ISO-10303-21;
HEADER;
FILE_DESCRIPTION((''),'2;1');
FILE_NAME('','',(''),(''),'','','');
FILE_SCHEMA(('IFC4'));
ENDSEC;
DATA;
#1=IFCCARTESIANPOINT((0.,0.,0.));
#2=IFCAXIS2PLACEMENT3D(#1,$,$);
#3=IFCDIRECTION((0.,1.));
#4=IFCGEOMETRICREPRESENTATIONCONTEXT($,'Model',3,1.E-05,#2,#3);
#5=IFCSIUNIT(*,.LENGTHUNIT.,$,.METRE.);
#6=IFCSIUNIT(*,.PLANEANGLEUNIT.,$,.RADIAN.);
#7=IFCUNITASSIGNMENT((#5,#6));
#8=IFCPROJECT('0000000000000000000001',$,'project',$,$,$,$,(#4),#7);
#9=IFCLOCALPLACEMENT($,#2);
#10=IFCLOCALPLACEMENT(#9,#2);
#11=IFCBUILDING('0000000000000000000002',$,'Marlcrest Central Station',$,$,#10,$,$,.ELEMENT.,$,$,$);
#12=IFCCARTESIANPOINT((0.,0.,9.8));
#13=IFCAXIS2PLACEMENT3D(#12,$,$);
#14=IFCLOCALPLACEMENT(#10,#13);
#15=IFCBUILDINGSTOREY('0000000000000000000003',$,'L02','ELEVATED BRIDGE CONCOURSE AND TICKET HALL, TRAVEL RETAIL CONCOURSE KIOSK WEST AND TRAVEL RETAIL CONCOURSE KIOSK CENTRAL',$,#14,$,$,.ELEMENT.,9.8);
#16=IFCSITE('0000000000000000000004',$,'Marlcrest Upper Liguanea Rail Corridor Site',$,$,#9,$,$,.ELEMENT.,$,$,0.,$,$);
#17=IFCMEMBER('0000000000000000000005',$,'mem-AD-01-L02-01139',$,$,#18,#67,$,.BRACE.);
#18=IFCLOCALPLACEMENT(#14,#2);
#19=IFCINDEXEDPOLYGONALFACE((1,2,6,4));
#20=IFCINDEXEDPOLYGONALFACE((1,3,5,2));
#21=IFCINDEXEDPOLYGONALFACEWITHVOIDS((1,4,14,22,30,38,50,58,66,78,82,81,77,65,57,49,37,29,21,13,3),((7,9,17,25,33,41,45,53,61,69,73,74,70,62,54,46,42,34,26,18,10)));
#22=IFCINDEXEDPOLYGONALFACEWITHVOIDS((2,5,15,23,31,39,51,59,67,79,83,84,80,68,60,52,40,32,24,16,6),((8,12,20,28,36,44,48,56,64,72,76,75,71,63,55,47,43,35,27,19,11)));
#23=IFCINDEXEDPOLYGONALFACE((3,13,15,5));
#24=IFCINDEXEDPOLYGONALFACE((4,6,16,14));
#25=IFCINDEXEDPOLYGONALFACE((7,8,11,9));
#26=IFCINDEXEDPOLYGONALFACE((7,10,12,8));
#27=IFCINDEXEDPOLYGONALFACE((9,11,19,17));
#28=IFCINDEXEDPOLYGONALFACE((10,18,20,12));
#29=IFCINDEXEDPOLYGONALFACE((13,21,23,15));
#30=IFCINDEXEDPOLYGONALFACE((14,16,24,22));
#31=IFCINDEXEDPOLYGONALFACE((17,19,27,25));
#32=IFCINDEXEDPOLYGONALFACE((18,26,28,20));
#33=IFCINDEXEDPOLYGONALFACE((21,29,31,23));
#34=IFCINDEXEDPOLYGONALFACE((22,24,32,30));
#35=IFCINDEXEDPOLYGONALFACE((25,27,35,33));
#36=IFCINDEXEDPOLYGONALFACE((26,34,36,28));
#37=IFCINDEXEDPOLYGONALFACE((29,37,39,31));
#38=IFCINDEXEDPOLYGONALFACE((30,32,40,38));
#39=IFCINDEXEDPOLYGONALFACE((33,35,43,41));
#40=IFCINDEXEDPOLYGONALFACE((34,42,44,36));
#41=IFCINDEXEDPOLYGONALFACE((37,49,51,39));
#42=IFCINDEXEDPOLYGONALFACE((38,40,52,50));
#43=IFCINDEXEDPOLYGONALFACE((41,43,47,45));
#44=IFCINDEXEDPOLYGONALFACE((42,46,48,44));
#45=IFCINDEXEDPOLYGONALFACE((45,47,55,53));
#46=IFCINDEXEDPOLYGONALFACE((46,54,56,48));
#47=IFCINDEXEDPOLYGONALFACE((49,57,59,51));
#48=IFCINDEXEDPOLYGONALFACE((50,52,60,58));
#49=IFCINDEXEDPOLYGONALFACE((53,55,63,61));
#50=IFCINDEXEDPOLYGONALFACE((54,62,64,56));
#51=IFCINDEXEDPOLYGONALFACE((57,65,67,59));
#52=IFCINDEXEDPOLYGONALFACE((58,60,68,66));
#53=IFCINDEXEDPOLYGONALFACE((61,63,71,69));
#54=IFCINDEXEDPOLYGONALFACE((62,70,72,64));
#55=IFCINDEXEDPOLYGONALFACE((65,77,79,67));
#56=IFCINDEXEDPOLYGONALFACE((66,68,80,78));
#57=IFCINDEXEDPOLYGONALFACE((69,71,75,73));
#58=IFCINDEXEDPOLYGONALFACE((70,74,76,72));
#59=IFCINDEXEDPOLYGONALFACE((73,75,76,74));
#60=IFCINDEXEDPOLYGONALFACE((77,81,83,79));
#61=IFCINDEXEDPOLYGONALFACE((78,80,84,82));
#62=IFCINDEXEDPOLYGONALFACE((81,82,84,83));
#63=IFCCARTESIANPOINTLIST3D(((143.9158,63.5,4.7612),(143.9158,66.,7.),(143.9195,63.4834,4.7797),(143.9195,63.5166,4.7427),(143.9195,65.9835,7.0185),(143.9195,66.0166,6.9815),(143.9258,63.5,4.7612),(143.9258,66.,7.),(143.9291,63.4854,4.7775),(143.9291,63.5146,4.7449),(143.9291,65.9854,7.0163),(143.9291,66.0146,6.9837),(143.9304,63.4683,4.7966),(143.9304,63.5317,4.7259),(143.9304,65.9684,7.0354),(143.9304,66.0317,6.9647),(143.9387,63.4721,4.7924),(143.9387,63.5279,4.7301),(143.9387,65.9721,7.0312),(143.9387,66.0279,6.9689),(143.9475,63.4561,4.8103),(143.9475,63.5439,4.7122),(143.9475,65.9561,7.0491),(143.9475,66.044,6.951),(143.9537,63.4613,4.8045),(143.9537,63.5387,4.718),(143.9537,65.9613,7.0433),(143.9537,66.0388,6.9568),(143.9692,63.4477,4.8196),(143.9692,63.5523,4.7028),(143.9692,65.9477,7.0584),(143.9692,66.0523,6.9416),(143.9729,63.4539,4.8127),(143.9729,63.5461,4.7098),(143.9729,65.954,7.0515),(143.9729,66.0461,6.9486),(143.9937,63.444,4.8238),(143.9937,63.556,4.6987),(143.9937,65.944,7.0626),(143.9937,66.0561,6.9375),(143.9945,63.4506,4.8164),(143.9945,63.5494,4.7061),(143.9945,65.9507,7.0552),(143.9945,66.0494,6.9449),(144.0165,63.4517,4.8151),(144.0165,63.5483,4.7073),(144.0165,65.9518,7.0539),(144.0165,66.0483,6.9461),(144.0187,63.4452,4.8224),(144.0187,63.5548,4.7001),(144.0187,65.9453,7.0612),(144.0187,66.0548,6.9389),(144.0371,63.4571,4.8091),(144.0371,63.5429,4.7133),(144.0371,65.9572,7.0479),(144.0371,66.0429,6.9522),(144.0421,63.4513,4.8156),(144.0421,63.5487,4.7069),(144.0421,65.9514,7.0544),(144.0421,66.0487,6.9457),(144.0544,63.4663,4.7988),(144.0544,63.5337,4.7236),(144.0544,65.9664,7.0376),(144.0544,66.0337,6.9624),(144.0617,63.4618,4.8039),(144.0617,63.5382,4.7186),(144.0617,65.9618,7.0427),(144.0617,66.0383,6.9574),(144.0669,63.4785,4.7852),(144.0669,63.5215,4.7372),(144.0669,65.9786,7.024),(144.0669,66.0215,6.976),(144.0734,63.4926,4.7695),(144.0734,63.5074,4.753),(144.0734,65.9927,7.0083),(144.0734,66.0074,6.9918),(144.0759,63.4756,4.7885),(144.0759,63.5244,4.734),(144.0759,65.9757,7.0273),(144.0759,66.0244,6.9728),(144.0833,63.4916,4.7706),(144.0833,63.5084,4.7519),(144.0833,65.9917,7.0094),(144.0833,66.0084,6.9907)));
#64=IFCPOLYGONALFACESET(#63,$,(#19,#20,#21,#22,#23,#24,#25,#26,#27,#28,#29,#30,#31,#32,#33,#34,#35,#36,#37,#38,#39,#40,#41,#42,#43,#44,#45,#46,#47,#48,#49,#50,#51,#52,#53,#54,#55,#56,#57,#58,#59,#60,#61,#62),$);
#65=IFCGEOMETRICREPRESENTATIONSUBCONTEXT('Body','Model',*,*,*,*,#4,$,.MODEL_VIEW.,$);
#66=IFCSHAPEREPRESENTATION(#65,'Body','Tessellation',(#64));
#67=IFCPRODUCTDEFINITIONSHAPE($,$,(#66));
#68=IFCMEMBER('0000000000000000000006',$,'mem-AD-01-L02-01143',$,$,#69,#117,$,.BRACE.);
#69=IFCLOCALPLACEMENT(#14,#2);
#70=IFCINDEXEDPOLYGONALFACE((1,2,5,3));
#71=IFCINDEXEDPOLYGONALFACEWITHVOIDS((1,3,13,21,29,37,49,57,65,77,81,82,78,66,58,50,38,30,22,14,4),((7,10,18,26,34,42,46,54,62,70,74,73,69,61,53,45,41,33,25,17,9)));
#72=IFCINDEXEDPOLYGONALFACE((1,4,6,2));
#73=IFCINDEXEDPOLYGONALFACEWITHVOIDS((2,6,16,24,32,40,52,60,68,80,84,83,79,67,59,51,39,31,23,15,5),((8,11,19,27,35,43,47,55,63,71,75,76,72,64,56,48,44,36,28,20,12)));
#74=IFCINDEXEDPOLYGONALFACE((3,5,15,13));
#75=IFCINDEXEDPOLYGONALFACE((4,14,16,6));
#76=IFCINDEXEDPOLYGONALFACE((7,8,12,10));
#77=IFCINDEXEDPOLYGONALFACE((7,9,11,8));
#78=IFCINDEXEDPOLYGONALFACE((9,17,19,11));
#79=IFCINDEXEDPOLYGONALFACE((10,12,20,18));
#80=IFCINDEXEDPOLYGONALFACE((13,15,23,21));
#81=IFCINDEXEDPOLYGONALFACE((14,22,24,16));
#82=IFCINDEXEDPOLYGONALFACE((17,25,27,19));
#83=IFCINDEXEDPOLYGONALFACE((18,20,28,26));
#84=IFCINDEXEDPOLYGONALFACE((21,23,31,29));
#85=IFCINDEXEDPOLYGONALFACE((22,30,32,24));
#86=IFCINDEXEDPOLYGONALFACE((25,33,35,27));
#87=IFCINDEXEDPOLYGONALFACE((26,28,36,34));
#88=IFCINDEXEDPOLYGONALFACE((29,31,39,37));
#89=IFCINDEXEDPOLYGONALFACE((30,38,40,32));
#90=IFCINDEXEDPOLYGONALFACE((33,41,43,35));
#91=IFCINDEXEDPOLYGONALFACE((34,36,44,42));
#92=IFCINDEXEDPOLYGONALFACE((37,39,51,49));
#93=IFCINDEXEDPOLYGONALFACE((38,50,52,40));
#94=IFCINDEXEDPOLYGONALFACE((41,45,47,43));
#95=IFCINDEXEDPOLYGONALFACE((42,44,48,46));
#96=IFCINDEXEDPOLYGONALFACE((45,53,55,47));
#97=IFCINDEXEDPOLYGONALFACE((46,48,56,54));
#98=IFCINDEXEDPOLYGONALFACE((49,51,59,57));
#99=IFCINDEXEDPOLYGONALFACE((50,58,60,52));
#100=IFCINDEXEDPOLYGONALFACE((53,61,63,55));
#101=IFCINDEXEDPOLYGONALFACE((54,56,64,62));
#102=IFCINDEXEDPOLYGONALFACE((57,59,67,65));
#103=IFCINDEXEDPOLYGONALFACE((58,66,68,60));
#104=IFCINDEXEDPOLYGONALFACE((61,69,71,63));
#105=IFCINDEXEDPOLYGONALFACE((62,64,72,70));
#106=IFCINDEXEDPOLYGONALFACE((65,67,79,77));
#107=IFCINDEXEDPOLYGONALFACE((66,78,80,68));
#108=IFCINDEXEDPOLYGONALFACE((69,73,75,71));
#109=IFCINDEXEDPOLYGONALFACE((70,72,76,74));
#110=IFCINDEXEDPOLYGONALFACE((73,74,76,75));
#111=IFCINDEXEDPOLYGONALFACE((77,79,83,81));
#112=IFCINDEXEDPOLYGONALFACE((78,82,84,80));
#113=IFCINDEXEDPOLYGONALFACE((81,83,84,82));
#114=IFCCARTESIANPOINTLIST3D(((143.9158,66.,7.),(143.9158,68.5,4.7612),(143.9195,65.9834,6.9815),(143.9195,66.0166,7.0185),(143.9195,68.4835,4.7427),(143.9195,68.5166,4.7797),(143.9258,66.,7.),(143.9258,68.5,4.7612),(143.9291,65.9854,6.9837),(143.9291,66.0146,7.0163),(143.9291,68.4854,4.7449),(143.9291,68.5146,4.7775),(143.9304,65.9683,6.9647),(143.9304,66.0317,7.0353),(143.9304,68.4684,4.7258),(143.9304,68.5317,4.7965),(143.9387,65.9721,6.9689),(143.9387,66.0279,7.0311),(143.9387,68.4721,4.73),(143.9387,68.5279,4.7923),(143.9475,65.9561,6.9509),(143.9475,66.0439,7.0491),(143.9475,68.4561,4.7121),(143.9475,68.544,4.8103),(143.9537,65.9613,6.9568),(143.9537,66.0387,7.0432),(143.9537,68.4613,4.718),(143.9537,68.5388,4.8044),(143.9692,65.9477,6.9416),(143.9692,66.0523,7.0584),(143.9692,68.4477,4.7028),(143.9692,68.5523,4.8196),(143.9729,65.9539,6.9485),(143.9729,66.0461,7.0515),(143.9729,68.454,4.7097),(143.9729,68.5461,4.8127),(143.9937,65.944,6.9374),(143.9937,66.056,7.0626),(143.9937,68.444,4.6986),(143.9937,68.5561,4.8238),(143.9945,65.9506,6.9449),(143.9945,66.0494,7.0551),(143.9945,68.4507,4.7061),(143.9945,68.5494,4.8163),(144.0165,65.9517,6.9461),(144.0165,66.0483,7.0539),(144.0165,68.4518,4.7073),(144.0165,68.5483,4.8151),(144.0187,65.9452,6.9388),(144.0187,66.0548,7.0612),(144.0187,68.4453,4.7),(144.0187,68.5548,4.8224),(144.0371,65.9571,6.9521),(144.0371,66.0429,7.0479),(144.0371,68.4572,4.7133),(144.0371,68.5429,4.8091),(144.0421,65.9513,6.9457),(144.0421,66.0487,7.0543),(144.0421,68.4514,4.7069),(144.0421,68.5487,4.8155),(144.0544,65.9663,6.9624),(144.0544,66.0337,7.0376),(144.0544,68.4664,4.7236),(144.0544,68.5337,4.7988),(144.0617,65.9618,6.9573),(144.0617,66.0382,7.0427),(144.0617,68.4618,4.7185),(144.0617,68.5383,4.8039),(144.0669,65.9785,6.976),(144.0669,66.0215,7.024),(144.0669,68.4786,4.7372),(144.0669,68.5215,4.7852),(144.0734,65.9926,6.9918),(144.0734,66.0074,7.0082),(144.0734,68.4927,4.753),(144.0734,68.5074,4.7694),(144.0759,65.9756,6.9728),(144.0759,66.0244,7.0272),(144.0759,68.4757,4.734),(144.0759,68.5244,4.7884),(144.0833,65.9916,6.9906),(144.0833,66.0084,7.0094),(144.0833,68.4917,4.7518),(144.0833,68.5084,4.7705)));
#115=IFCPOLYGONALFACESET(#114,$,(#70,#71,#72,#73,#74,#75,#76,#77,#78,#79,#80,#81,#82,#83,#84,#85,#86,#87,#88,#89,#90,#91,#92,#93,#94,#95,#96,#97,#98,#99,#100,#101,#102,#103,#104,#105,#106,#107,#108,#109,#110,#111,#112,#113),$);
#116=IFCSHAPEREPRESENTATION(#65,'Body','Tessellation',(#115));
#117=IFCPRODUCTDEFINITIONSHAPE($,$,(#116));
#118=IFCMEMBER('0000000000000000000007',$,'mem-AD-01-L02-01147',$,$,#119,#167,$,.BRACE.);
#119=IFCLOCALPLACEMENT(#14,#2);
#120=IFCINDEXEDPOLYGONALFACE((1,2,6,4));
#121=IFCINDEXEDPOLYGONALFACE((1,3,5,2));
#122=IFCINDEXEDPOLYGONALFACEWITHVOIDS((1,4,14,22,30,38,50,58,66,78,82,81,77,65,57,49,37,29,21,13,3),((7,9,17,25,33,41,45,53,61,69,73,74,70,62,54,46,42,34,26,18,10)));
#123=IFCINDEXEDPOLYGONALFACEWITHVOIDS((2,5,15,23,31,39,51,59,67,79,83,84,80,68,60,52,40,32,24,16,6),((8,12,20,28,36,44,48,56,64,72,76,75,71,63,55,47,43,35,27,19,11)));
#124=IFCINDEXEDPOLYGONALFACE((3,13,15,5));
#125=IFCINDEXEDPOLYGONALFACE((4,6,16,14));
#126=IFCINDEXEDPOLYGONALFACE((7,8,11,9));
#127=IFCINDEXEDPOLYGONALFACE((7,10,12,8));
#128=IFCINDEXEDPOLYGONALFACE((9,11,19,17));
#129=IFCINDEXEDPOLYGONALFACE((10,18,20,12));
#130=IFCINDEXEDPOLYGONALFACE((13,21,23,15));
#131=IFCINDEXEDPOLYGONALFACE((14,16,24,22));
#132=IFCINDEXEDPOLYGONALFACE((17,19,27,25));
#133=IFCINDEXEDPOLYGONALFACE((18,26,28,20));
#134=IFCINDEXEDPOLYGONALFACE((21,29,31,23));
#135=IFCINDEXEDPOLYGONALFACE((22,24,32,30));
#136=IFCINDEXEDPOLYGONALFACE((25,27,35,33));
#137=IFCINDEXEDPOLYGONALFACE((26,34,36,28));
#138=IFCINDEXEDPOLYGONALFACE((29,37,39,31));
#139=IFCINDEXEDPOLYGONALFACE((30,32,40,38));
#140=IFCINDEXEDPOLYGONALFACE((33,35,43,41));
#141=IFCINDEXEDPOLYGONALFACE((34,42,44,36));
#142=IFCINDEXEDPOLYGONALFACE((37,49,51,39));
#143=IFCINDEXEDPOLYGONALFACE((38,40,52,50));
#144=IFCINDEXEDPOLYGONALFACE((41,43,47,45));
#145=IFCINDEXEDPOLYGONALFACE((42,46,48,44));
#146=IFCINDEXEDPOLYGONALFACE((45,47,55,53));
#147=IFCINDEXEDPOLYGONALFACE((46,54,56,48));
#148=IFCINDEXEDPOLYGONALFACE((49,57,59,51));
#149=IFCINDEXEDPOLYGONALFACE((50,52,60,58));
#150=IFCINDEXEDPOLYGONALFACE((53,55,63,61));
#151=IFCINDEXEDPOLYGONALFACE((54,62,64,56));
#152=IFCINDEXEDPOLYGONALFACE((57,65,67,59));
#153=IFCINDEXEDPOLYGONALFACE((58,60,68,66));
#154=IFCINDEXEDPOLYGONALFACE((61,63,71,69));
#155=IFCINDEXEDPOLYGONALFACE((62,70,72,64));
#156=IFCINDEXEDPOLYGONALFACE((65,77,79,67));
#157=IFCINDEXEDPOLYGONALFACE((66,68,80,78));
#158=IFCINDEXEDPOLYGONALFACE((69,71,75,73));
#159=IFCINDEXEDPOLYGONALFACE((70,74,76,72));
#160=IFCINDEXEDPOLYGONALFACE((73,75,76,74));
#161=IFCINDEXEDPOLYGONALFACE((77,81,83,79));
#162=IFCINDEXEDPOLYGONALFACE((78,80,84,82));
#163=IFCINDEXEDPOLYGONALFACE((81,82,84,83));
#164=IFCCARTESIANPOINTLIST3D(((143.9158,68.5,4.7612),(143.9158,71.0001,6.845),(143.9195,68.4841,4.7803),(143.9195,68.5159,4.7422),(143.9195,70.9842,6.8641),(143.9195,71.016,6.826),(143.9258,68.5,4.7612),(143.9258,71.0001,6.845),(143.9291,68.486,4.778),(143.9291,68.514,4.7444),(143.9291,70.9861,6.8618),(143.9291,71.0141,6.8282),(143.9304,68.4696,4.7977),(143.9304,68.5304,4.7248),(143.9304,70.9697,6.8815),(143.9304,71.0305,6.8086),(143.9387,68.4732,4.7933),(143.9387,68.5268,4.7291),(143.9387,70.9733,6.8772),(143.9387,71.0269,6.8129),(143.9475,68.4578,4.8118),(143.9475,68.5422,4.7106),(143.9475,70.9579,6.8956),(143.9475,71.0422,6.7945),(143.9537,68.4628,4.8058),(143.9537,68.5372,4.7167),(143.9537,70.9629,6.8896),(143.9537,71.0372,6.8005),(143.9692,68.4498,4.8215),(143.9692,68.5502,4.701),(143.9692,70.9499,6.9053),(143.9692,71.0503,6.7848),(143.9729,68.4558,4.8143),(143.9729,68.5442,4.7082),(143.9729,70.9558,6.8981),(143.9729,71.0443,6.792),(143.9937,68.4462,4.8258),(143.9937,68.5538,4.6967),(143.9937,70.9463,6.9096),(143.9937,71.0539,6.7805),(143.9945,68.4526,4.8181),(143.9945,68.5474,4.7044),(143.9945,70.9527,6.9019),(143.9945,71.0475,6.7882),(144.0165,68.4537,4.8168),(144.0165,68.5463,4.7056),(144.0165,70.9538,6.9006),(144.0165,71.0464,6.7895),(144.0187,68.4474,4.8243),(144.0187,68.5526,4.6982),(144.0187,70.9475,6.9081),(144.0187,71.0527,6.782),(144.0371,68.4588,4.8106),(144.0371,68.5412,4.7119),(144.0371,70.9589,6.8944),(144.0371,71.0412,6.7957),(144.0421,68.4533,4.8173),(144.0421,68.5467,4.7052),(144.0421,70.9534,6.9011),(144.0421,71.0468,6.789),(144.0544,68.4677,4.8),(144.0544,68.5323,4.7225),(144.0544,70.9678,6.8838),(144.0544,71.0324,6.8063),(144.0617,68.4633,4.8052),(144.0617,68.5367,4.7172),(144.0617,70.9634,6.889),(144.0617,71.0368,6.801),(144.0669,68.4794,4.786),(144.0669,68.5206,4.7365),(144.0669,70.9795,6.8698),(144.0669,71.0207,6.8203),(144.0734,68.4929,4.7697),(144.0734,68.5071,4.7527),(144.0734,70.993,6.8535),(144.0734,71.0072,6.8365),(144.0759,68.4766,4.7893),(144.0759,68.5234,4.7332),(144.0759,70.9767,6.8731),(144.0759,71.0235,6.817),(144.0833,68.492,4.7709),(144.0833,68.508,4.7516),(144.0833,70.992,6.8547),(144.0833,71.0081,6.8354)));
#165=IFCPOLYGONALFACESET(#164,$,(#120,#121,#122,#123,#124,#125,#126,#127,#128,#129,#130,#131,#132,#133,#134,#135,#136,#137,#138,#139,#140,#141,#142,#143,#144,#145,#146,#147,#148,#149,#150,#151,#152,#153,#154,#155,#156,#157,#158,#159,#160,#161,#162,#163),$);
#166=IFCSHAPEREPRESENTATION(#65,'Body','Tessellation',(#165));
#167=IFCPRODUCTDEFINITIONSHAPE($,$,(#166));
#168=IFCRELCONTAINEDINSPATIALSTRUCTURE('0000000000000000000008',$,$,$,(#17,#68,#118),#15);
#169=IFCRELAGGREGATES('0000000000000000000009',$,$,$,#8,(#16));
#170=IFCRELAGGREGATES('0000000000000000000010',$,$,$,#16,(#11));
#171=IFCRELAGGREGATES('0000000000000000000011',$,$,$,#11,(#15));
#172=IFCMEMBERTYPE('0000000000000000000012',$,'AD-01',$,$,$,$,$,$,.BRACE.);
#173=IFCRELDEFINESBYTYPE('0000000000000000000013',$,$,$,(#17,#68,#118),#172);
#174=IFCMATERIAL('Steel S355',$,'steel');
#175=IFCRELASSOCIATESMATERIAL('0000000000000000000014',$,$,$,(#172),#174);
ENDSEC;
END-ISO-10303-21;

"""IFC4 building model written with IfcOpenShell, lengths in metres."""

from ifc_helpers import new_model, si_unit, direction, frame, origin, origin_2d, place, context, subcontext, project, spatial, hollow_circle, extrude, material, material_profile, profile_set, type_object, element, save


model = new_model("IFC4")

# Units and contexts
model_context = context("Model", 3, precision=1e-05, world=origin(), true_north=direction((0.0, 1.0)))
body_context = subcontext(model_context, "Body", "Model", "MODEL_VIEW")
ifc_project = project(units=[si_unit("LENGTHUNIT", "METRE"), si_unit("PLANEANGLEUNIT", "RADIAN")], contexts=[model_context])

# Site, building, storey
site_placement = place(None, origin())
site = spatial("IfcSite", under=ifc_project, at=site_placement, Name="Marlcrest Upper Liguanea Rail Corridor Site", CompositionType="ELEMENT", RefElevation=0.0)
building_placement = place(site_placement, origin())
building = spatial("IfcBuilding", under=site, at=building_placement, Name="Marlcrest Central Station", CompositionType="ELEMENT")
storey_placement = place(building_placement, frame((0.0, 0.0, 9.8)))
storey = spatial("IfcBuildingStorey", under=building, at=storey_placement, Name="L02", Description="ELEVATED BRIDGE CONCOURSE AND TICKET HALL, TRAVEL RETAIL CONCOURSE KIOSK WEST AND TRAVEL RETAIL CONCOURSE KIOSK CENTRAL", CompositionType="ELEMENT", Elevation=9.8)

# Members
ifc_material_1 = material(Name="Steel S355", Category="steel")
ifc_material_profile_1 = material_profile(ifc_material_1, hollow_circle(Radius=0.0842, WallThickness=0.01, at=origin_2d()), Name="CHS 168.3x10")
ifc_profile_set_1 = profile_set([ifc_material_profile_1], Name="Steel S355")
member_type_1 = type_object("IfcMemberType", Name="AD-01", PredefinedType="BRACE", material=ifc_profile_set_1)
for number, where, z_axis, x_axis, name in (
    (1, (144.0, 63.5, 4.7612), (0.0, 0.744956, 0.667114), (-1.0, 0.0, 0.0), "mem-AD-01-L02-01139"),
    (2, (144.0, 66.0, 7.0), (0.0, 0.744956, -0.667114), (-1.0, 0.0, 0.0), "mem-AD-01-L02-01143"),
):
    element("IfcMember", number, at=place(storey_placement, frame(where, z_axis=z_axis, x_axis=x_axis)), inside=storey, type_object=member_type_1, Name=name, PredefinedType="BRACE", context=body_context, shape_type="SweptSolid", body=[
        extrude(hollow_circle(Radius=0.0842, WallThickness=0.01, at=origin_2d()), origin(), (0.0, 0.0, 1.0), 3.356),
    ])
member_1_placement = place(storey_placement, frame((144.0, 68.5, 4.7612), z_axis=(0.0, 0.76816, 0.640258), x_axis=(-1.0, 0.0, 0.0)))
element("IfcMember", 3, at=member_1_placement, inside=storey, type_object=member_type_1, Name="mem-AD-01-L02-01147", PredefinedType="BRACE", context=body_context, shape_type="SweptSolid", body=[
    extrude(hollow_circle(Radius=0.0842, WallThickness=0.01, at=origin_2d()), origin(), (0.0, 0.0, 1.0), 3.2546),
])

save(model, "model.ifc")
